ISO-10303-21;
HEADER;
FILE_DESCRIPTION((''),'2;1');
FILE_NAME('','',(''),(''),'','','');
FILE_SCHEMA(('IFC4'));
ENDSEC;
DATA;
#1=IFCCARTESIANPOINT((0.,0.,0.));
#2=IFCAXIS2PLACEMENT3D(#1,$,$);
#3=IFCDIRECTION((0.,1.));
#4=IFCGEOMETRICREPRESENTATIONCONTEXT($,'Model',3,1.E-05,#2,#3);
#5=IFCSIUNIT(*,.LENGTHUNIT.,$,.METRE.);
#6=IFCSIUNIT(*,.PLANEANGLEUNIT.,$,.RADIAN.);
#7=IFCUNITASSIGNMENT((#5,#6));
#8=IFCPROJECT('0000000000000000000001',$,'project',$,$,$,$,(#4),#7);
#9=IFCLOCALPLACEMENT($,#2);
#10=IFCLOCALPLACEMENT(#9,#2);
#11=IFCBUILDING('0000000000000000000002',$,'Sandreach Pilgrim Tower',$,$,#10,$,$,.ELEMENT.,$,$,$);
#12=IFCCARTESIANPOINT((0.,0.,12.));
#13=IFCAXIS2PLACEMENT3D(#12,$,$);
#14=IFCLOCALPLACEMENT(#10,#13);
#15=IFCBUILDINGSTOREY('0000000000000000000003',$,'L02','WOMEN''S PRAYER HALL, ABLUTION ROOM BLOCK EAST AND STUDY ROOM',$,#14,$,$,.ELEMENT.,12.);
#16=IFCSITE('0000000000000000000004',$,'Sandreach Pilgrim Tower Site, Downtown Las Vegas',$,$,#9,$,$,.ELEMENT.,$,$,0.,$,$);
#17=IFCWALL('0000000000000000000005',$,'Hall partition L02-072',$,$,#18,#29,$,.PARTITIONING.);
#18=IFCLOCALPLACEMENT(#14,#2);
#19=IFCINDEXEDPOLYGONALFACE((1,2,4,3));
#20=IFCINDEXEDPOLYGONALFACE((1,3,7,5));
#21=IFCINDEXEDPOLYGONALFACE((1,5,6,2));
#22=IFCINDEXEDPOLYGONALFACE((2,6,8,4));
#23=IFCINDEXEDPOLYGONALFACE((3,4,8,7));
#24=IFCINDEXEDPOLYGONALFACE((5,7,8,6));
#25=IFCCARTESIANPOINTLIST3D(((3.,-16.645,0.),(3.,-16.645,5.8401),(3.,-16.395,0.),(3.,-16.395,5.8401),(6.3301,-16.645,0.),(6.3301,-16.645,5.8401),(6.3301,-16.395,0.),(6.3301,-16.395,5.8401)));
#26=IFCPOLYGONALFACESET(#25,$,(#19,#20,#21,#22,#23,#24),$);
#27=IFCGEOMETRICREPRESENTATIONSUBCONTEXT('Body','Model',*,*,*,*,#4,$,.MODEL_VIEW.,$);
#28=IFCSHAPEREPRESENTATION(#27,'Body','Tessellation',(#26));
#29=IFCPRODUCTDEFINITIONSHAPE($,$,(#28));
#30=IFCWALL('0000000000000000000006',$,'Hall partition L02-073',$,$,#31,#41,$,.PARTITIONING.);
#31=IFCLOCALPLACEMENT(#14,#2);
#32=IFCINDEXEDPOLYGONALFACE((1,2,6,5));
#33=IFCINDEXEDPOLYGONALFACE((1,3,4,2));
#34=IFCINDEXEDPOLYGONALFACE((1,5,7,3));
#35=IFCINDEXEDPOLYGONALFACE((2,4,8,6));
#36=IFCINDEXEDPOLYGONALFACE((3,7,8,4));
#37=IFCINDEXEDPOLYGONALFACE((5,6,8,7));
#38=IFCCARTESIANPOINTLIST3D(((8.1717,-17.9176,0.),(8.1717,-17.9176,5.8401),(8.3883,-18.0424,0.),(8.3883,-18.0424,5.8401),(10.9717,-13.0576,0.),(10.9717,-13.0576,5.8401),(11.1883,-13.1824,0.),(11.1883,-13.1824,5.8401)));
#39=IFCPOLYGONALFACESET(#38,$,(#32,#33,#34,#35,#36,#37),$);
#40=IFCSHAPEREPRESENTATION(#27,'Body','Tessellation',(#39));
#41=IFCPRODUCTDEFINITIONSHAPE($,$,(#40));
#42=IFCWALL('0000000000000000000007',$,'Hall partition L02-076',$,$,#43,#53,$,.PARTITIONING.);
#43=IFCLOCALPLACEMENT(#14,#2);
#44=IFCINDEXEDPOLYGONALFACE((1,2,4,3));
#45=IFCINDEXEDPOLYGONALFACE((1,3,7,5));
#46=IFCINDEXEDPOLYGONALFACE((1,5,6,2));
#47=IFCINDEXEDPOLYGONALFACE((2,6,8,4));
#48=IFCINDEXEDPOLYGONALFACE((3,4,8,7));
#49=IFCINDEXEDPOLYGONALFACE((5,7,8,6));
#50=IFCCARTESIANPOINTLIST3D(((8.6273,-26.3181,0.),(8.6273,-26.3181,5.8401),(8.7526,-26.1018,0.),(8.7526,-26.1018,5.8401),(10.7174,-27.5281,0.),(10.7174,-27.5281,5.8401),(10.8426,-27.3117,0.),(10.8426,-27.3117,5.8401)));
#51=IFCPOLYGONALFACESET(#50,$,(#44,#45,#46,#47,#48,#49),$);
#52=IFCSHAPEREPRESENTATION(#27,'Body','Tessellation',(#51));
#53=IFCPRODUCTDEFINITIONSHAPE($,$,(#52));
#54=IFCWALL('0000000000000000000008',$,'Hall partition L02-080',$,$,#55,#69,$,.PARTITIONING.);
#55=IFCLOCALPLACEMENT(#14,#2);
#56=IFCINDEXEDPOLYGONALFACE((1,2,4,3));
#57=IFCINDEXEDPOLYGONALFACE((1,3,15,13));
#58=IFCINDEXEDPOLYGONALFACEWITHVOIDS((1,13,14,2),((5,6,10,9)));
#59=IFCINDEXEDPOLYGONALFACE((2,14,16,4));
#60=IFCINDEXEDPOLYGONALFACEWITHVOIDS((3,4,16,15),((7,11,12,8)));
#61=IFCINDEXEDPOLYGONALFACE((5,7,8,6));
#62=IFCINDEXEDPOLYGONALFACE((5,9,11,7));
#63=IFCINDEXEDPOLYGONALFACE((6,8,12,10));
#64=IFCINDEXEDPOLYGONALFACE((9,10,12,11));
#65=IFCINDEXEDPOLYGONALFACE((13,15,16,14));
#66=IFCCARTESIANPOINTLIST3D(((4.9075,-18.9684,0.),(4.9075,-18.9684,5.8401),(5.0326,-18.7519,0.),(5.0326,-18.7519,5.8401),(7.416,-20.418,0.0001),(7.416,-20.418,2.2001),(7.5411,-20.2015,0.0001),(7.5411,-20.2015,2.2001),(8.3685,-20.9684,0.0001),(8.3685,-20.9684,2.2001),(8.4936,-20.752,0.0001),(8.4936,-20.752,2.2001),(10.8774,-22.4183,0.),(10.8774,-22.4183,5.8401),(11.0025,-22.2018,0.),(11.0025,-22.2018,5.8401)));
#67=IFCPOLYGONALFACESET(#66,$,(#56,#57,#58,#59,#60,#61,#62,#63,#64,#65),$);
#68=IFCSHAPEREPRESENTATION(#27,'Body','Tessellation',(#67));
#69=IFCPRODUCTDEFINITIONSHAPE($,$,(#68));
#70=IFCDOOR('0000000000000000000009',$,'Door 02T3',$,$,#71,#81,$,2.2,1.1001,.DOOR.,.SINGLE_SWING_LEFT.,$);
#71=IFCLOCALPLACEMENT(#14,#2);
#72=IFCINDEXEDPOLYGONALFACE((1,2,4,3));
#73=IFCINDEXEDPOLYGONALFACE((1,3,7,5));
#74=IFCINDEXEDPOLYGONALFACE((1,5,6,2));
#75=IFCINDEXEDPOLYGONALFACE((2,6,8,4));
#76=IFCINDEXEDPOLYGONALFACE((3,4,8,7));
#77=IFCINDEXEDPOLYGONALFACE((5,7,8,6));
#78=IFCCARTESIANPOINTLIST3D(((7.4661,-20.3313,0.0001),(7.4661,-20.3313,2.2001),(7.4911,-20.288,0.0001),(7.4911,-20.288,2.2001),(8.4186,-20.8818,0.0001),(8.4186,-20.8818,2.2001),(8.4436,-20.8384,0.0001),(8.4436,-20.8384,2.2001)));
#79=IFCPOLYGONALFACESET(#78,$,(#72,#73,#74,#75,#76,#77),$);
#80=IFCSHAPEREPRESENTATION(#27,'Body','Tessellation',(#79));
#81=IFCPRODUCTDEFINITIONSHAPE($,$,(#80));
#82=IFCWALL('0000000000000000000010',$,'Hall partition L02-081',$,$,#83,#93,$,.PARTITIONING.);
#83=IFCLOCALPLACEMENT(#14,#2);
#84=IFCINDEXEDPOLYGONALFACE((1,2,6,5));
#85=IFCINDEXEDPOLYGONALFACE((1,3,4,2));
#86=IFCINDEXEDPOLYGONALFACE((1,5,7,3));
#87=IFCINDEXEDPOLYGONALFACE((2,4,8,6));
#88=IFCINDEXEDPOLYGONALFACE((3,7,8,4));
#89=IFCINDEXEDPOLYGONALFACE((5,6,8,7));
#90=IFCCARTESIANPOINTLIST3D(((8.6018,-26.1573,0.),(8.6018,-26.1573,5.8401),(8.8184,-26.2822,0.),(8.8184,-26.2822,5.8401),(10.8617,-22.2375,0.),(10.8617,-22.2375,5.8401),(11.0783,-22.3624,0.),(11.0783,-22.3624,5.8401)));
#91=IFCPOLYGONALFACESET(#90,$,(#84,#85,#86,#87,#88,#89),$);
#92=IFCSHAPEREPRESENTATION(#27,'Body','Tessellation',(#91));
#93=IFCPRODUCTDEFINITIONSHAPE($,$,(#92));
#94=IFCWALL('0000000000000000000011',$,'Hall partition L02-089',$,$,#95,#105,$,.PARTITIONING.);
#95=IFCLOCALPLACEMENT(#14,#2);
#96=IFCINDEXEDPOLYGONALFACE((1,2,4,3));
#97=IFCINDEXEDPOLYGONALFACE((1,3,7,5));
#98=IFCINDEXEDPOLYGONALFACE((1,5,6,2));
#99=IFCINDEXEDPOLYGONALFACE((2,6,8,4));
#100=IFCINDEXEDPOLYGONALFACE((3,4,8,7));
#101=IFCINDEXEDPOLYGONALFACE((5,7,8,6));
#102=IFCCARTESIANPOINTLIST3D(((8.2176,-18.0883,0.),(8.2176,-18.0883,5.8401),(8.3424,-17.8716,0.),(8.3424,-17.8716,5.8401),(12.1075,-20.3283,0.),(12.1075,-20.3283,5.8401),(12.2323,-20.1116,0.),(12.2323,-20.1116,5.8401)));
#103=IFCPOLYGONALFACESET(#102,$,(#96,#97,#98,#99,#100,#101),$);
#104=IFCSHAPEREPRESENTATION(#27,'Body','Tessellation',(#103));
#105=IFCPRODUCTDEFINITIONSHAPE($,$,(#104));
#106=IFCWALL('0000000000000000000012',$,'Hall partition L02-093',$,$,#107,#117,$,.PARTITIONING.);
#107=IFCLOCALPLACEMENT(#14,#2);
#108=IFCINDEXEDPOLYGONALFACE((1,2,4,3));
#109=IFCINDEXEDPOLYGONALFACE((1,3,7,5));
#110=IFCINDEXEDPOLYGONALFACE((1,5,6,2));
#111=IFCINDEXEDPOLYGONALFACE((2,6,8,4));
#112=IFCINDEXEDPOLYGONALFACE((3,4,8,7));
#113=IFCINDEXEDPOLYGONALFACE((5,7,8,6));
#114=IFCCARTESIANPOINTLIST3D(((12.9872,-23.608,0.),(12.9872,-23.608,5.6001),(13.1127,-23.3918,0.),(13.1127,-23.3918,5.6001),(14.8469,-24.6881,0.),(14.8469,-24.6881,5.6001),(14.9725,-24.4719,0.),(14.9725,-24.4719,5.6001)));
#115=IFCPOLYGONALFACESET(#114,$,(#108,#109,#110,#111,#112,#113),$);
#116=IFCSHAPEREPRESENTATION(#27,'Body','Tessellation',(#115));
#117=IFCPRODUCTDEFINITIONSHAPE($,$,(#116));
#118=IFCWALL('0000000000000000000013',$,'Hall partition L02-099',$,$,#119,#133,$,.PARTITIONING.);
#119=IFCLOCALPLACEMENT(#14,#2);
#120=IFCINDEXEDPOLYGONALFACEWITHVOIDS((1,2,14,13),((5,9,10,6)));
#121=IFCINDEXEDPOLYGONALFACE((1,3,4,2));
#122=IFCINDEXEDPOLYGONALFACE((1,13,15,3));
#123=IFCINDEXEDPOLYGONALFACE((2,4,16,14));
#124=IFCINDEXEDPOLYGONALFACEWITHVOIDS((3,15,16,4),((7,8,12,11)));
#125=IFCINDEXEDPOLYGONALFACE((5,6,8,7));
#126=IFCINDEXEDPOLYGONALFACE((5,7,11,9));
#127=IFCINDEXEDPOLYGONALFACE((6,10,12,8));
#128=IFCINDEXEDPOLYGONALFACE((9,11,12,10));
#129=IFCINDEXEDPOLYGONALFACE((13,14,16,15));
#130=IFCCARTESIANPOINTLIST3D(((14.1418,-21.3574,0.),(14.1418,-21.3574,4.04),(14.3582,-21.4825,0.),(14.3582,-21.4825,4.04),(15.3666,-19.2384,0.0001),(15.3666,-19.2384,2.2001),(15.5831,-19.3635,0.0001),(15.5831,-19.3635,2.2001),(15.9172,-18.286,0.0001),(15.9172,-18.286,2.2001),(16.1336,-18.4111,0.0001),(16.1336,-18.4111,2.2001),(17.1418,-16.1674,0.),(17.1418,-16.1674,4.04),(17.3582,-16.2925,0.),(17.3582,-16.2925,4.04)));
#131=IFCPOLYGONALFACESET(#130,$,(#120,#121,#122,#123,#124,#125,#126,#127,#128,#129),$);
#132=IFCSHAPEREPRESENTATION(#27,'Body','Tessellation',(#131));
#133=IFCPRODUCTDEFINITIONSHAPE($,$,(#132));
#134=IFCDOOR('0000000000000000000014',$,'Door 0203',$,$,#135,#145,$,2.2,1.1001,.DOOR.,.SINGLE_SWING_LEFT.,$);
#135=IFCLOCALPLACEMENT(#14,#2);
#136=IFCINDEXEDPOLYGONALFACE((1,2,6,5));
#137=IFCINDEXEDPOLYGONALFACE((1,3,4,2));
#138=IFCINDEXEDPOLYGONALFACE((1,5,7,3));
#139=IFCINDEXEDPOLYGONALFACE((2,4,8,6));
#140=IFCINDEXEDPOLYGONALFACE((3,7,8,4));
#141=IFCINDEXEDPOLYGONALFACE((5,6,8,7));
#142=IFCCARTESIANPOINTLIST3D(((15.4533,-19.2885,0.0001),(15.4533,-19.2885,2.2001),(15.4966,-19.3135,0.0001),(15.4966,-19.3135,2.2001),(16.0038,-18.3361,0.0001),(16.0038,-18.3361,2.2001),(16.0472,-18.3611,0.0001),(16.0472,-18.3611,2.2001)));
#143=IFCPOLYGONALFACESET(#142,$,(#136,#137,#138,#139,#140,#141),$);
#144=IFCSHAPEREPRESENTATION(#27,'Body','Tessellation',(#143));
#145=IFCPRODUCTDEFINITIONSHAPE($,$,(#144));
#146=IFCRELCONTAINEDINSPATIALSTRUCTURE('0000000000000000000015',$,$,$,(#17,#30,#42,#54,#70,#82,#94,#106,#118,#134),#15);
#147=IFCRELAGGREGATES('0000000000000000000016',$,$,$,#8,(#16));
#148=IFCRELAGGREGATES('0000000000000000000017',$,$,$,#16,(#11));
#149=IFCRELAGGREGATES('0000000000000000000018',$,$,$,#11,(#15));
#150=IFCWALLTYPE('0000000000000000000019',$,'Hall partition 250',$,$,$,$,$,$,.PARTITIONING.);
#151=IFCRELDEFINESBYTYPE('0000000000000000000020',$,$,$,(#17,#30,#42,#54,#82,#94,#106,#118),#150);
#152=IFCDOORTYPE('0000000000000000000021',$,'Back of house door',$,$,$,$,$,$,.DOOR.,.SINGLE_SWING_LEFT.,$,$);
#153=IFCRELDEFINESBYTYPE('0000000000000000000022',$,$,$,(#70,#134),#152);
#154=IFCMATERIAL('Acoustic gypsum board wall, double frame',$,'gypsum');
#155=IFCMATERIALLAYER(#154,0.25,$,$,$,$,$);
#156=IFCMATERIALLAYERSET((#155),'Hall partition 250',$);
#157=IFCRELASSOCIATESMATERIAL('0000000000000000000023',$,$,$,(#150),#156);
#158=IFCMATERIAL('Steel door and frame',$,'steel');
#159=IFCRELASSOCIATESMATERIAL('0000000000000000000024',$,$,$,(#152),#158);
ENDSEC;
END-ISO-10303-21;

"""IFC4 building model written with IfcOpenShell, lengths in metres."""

from ifc_helpers import new_model, si_unit, direction, frame, frame_2d, origin, place, context, subcontext, project, spatial, rectangle, extrude, material, layer, layer_set, type_object, element, fill, save


model = new_model("IFC4")

# Units and contexts
model_context = context("Model", 3, precision=1e-05, world=origin(), true_north=direction((0.0, 1.0)))
body_context = subcontext(model_context, "Body", "Model", "MODEL_VIEW")
ifc_project = project(units=[si_unit("LENGTHUNIT", "METRE"), si_unit("PLANEANGLEUNIT", "RADIAN")], contexts=[model_context])

# Site, building, storey
site_placement = place(None, origin())
site = spatial("IfcSite", under=ifc_project, at=site_placement, Name="Sandreach Pilgrim Tower Site, Downtown Las Vegas", CompositionType="ELEMENT", RefElevation=0.0)
building_placement = place(site_placement, origin())
building = spatial("IfcBuilding", under=site, at=building_placement, Name="Sandreach Pilgrim Tower", CompositionType="ELEMENT")
storey_placement = place(building_placement, frame((0.0, 0.0, 12.0)))
storey = spatial("IfcBuildingStorey", under=building, at=storey_placement, Name="L02", Description="WOMEN'S PRAYER HALL, ABLUTION ROOM BLOCK EAST AND STUDY ROOM", CompositionType="ELEMENT", Elevation=12.0)

# Walls
ifc_material_1 = material(Name="Acoustic gypsum board wall, double frame", Category="gypsum")
ifc_layer_1 = layer(ifc_material_1, 0.25)
ifc_layer_set_1 = layer_set([ifc_layer_1], Name="Hall partition 250")
wall_type_1 = type_object("IfcWallType", Name="Hall partition 250", PredefinedType="PARTITIONING", material=ifc_layer_set_1)
wall_1_placement = place(storey_placement, frame((6.3301, -16.52, 0.0), z_axis=(0.0, 0.0, 1.0), x_axis=(-1.0, 0.0, 0.0)))
element("IfcWall", 1, at=wall_1_placement, inside=storey, type_object=wall_type_1, Name="Hall partition L02-072", PredefinedType="PARTITIONING", context=body_context, shape_type="SweptSolid", body=[
    extrude(rectangle(XDim=3.3301, YDim=0.25, at=frame_2d((1.665, 0.0))), origin(), (0.0, 0.0, 1.0), 5.8401),
])
wall_2_placement = place(storey_placement, frame((8.28, -17.98, 0.0), z_axis=(0.0, 0.0, 1.0), x_axis=(0.499206, 0.866483, 0.0)))
element("IfcWall", 2, at=wall_2_placement, inside=storey, type_object=wall_type_1, Name="Hall partition L02-073", PredefinedType="PARTITIONING", context=body_context, shape_type="SweptSolid", body=[
    extrude(rectangle(XDim=5.6089, YDim=0.25, at=frame_2d((2.8044, 0.0))), origin(), (0.0, 0.0, 1.0), 5.8401),
])
wall_3_placement = place(storey_placement, frame((8.6899, -26.21, 0.0), z_axis=(0.0, 0.0, 1.0), x_axis=(0.865442, -0.501008, 0.0)))
element("IfcWall", 3, at=wall_3_placement, inside=storey, type_object=wall_type_1, Name="Hall partition L02-076", PredefinedType="PARTITIONING", context=body_context, shape_type="SweptSolid", body=[
    extrude(rectangle(XDim=2.415, YDim=0.25, at=frame_2d((1.2075, 0.0))), origin(), (0.0, 0.0, 1.0), 5.8401),
])

# Wall, opening, door
wall_4_placement = place(storey_placement, frame((10.9399, -22.3101, 0.0), z_axis=(0.0, 0.0, 1.0), x_axis=(-0.865825, 0.500347, 0.0)))
wall_4 = element("IfcWall", 4, at=wall_4_placement, inside=storey, type_object=wall_type_1, Name="Hall partition L02-080", PredefinedType="PARTITIONING", context=body_context, shape_type="SweptSolid", body=[
    extrude(rectangle(XDim=6.895, YDim=0.25, at=frame_2d((3.4475, 0.0))), origin(), (0.0, 0.0, 1.0), 5.8401),
])
opening_1_placement = place(wall_4_placement, frame((2.8977, 0.0, 0.0)))
opening_1 = element("IfcOpeningElement", 5, at=opening_1_placement, cuts=wall_4, PredefinedType="OPENING", context=body_context, shape_type="SweptSolid", body=[
    extrude(rectangle(XDim=1.1001, YDim=2.2, at=frame_2d((0.55, 1.1001))), frame((0.0, 0.125, 0.0), z_axis=(0.0, -1.0, 0.0), x_axis=(1.0, 0.0, 0.0)), (0.0, 0.0, 1.0), 0.25),
])
ifc_material_2 = material(Name="Steel door and frame", Category="steel")
door_type_1 = type_object("IfcDoorType", Name="Back of house door", OperationType="SINGLE_SWING_LEFT", PredefinedType="DOOR", material=ifc_material_2)
door_1_placement = place(opening_1_placement, origin())
door_1 = element("IfcDoor", 6, at=door_1_placement, inside=storey, type_object=door_type_1, Name="Door 02T3", OperationType="SINGLE_SWING_LEFT", OverallHeight=2.2, OverallWidth=1.1001, PredefinedType="DOOR", context=body_context, shape_type="SweptSolid", body=[
    extrude(rectangle(XDim=1.1001, YDim=2.2, at=frame_2d((0.55, 1.1001))), frame((0.0, 0.0249, 0.0), z_axis=(0.0, -1.0, 0.0), x_axis=(1.0, 0.0, 0.0)), (0.0, 0.0, 1.0), 0.05),
])
fill(opening_1, door_1)

# Walls
wall_5_placement = place(storey_placement, frame((10.97, -22.3, 0.0), z_axis=(0.0, 0.0, 1.0), x_axis=(-0.499476, -0.866327, 0.0)))
element("IfcWall", 7, at=wall_5_placement, inside=storey, type_object=wall_type_1, Name="Hall partition L02-081", PredefinedType="PARTITIONING", context=body_context, shape_type="SweptSolid", body=[
    extrude(rectangle(XDim=4.5247, YDim=0.25, at=frame_2d((2.2622, 0.0))), origin(), (0.0, 0.0, 1.0), 5.8401),
])
wall_6_placement = place(storey_placement, frame((12.1699, -20.22, 0.0), z_axis=(0.0, 0.0, 1.0), x_axis=(-0.866588, 0.499024, 0.0)))
element("IfcWall", 8, at=wall_6_placement, inside=storey, type_object=wall_type_1, Name="Hall partition L02-089", PredefinedType="PARTITIONING", context=body_context, shape_type="SweptSolid", body=[
    extrude(rectangle(XDim=4.4888, YDim=0.25, at=frame_2d((2.2444, 0.0))), origin(), (0.0, 0.0, 1.0), 5.8401),
])
wall_7_placement = place(storey_placement, frame((13.05, -23.5, 0.0), z_axis=(0.0, 0.0, 1.0), x_axis=(0.864757, -0.50219, 0.0)))
element("IfcWall", 9, at=wall_7_placement, inside=storey, type_object=wall_type_1, Name="Hall partition L02-093", PredefinedType="PARTITIONING", context=body_context, shape_type="SweptSolid", body=[
    extrude(rectangle(XDim=2.1506, YDim=0.25, at=frame_2d((1.0752, 0.0))), origin(), (0.0, 0.0, 1.0), 5.6001),
])

# Wall, opening, door
wall_8_placement = place(storey_placement, frame((14.25, -21.4199, 0.0), z_axis=(0.0, 0.0, 1.0), x_axis=(0.500449, 0.865766, 0.0)))
wall_8 = element("IfcWall", 10, at=wall_8_placement, inside=storey, type_object=wall_type_1, Name="Hall partition L02-099", PredefinedType="PARTITIONING", context=body_context, shape_type="SweptSolid", body=[
    extrude(rectangle(XDim=5.9946, YDim=0.25, at=frame_2d((2.9973, 0.0))), origin(), (0.0, 0.0, 1.0), 4.04),
])
opening_2_placement = place(wall_8_placement, frame((2.4475, 0.0, 0.0)))
opening_2 = element("IfcOpeningElement", 11, at=opening_2_placement, cuts=wall_8, PredefinedType="OPENING", context=body_context, shape_type="SweptSolid", body=[
    extrude(rectangle(XDim=1.1001, YDim=2.2, at=frame_2d((0.55, 1.1001))), frame((0.0, 0.125, 0.0), z_axis=(0.0, -1.0, 0.0), x_axis=(1.0, 0.0, 0.0)), (0.0, 0.0, 1.0), 0.25),
])
door_2_placement = place(opening_2_placement, origin())
door_2 = element("IfcDoor", 12, at=door_2_placement, inside=storey, type_object=door_type_1, Name="Door 0203", OperationType="SINGLE_SWING_LEFT", OverallHeight=2.2, OverallWidth=1.1001, PredefinedType="DOOR", context=body_context, shape_type="SweptSolid", body=[
    extrude(rectangle(XDim=1.1001, YDim=2.2, at=frame_2d((0.55, 1.1001))), frame((0.0, 0.0249, 0.0), z_axis=(0.0, -1.0, 0.0), x_axis=(1.0, 0.0, 0.0)), (0.0, 0.0, 1.0), 0.05),
])
fill(opening_2, door_2)

save(model, "model.ifc")
